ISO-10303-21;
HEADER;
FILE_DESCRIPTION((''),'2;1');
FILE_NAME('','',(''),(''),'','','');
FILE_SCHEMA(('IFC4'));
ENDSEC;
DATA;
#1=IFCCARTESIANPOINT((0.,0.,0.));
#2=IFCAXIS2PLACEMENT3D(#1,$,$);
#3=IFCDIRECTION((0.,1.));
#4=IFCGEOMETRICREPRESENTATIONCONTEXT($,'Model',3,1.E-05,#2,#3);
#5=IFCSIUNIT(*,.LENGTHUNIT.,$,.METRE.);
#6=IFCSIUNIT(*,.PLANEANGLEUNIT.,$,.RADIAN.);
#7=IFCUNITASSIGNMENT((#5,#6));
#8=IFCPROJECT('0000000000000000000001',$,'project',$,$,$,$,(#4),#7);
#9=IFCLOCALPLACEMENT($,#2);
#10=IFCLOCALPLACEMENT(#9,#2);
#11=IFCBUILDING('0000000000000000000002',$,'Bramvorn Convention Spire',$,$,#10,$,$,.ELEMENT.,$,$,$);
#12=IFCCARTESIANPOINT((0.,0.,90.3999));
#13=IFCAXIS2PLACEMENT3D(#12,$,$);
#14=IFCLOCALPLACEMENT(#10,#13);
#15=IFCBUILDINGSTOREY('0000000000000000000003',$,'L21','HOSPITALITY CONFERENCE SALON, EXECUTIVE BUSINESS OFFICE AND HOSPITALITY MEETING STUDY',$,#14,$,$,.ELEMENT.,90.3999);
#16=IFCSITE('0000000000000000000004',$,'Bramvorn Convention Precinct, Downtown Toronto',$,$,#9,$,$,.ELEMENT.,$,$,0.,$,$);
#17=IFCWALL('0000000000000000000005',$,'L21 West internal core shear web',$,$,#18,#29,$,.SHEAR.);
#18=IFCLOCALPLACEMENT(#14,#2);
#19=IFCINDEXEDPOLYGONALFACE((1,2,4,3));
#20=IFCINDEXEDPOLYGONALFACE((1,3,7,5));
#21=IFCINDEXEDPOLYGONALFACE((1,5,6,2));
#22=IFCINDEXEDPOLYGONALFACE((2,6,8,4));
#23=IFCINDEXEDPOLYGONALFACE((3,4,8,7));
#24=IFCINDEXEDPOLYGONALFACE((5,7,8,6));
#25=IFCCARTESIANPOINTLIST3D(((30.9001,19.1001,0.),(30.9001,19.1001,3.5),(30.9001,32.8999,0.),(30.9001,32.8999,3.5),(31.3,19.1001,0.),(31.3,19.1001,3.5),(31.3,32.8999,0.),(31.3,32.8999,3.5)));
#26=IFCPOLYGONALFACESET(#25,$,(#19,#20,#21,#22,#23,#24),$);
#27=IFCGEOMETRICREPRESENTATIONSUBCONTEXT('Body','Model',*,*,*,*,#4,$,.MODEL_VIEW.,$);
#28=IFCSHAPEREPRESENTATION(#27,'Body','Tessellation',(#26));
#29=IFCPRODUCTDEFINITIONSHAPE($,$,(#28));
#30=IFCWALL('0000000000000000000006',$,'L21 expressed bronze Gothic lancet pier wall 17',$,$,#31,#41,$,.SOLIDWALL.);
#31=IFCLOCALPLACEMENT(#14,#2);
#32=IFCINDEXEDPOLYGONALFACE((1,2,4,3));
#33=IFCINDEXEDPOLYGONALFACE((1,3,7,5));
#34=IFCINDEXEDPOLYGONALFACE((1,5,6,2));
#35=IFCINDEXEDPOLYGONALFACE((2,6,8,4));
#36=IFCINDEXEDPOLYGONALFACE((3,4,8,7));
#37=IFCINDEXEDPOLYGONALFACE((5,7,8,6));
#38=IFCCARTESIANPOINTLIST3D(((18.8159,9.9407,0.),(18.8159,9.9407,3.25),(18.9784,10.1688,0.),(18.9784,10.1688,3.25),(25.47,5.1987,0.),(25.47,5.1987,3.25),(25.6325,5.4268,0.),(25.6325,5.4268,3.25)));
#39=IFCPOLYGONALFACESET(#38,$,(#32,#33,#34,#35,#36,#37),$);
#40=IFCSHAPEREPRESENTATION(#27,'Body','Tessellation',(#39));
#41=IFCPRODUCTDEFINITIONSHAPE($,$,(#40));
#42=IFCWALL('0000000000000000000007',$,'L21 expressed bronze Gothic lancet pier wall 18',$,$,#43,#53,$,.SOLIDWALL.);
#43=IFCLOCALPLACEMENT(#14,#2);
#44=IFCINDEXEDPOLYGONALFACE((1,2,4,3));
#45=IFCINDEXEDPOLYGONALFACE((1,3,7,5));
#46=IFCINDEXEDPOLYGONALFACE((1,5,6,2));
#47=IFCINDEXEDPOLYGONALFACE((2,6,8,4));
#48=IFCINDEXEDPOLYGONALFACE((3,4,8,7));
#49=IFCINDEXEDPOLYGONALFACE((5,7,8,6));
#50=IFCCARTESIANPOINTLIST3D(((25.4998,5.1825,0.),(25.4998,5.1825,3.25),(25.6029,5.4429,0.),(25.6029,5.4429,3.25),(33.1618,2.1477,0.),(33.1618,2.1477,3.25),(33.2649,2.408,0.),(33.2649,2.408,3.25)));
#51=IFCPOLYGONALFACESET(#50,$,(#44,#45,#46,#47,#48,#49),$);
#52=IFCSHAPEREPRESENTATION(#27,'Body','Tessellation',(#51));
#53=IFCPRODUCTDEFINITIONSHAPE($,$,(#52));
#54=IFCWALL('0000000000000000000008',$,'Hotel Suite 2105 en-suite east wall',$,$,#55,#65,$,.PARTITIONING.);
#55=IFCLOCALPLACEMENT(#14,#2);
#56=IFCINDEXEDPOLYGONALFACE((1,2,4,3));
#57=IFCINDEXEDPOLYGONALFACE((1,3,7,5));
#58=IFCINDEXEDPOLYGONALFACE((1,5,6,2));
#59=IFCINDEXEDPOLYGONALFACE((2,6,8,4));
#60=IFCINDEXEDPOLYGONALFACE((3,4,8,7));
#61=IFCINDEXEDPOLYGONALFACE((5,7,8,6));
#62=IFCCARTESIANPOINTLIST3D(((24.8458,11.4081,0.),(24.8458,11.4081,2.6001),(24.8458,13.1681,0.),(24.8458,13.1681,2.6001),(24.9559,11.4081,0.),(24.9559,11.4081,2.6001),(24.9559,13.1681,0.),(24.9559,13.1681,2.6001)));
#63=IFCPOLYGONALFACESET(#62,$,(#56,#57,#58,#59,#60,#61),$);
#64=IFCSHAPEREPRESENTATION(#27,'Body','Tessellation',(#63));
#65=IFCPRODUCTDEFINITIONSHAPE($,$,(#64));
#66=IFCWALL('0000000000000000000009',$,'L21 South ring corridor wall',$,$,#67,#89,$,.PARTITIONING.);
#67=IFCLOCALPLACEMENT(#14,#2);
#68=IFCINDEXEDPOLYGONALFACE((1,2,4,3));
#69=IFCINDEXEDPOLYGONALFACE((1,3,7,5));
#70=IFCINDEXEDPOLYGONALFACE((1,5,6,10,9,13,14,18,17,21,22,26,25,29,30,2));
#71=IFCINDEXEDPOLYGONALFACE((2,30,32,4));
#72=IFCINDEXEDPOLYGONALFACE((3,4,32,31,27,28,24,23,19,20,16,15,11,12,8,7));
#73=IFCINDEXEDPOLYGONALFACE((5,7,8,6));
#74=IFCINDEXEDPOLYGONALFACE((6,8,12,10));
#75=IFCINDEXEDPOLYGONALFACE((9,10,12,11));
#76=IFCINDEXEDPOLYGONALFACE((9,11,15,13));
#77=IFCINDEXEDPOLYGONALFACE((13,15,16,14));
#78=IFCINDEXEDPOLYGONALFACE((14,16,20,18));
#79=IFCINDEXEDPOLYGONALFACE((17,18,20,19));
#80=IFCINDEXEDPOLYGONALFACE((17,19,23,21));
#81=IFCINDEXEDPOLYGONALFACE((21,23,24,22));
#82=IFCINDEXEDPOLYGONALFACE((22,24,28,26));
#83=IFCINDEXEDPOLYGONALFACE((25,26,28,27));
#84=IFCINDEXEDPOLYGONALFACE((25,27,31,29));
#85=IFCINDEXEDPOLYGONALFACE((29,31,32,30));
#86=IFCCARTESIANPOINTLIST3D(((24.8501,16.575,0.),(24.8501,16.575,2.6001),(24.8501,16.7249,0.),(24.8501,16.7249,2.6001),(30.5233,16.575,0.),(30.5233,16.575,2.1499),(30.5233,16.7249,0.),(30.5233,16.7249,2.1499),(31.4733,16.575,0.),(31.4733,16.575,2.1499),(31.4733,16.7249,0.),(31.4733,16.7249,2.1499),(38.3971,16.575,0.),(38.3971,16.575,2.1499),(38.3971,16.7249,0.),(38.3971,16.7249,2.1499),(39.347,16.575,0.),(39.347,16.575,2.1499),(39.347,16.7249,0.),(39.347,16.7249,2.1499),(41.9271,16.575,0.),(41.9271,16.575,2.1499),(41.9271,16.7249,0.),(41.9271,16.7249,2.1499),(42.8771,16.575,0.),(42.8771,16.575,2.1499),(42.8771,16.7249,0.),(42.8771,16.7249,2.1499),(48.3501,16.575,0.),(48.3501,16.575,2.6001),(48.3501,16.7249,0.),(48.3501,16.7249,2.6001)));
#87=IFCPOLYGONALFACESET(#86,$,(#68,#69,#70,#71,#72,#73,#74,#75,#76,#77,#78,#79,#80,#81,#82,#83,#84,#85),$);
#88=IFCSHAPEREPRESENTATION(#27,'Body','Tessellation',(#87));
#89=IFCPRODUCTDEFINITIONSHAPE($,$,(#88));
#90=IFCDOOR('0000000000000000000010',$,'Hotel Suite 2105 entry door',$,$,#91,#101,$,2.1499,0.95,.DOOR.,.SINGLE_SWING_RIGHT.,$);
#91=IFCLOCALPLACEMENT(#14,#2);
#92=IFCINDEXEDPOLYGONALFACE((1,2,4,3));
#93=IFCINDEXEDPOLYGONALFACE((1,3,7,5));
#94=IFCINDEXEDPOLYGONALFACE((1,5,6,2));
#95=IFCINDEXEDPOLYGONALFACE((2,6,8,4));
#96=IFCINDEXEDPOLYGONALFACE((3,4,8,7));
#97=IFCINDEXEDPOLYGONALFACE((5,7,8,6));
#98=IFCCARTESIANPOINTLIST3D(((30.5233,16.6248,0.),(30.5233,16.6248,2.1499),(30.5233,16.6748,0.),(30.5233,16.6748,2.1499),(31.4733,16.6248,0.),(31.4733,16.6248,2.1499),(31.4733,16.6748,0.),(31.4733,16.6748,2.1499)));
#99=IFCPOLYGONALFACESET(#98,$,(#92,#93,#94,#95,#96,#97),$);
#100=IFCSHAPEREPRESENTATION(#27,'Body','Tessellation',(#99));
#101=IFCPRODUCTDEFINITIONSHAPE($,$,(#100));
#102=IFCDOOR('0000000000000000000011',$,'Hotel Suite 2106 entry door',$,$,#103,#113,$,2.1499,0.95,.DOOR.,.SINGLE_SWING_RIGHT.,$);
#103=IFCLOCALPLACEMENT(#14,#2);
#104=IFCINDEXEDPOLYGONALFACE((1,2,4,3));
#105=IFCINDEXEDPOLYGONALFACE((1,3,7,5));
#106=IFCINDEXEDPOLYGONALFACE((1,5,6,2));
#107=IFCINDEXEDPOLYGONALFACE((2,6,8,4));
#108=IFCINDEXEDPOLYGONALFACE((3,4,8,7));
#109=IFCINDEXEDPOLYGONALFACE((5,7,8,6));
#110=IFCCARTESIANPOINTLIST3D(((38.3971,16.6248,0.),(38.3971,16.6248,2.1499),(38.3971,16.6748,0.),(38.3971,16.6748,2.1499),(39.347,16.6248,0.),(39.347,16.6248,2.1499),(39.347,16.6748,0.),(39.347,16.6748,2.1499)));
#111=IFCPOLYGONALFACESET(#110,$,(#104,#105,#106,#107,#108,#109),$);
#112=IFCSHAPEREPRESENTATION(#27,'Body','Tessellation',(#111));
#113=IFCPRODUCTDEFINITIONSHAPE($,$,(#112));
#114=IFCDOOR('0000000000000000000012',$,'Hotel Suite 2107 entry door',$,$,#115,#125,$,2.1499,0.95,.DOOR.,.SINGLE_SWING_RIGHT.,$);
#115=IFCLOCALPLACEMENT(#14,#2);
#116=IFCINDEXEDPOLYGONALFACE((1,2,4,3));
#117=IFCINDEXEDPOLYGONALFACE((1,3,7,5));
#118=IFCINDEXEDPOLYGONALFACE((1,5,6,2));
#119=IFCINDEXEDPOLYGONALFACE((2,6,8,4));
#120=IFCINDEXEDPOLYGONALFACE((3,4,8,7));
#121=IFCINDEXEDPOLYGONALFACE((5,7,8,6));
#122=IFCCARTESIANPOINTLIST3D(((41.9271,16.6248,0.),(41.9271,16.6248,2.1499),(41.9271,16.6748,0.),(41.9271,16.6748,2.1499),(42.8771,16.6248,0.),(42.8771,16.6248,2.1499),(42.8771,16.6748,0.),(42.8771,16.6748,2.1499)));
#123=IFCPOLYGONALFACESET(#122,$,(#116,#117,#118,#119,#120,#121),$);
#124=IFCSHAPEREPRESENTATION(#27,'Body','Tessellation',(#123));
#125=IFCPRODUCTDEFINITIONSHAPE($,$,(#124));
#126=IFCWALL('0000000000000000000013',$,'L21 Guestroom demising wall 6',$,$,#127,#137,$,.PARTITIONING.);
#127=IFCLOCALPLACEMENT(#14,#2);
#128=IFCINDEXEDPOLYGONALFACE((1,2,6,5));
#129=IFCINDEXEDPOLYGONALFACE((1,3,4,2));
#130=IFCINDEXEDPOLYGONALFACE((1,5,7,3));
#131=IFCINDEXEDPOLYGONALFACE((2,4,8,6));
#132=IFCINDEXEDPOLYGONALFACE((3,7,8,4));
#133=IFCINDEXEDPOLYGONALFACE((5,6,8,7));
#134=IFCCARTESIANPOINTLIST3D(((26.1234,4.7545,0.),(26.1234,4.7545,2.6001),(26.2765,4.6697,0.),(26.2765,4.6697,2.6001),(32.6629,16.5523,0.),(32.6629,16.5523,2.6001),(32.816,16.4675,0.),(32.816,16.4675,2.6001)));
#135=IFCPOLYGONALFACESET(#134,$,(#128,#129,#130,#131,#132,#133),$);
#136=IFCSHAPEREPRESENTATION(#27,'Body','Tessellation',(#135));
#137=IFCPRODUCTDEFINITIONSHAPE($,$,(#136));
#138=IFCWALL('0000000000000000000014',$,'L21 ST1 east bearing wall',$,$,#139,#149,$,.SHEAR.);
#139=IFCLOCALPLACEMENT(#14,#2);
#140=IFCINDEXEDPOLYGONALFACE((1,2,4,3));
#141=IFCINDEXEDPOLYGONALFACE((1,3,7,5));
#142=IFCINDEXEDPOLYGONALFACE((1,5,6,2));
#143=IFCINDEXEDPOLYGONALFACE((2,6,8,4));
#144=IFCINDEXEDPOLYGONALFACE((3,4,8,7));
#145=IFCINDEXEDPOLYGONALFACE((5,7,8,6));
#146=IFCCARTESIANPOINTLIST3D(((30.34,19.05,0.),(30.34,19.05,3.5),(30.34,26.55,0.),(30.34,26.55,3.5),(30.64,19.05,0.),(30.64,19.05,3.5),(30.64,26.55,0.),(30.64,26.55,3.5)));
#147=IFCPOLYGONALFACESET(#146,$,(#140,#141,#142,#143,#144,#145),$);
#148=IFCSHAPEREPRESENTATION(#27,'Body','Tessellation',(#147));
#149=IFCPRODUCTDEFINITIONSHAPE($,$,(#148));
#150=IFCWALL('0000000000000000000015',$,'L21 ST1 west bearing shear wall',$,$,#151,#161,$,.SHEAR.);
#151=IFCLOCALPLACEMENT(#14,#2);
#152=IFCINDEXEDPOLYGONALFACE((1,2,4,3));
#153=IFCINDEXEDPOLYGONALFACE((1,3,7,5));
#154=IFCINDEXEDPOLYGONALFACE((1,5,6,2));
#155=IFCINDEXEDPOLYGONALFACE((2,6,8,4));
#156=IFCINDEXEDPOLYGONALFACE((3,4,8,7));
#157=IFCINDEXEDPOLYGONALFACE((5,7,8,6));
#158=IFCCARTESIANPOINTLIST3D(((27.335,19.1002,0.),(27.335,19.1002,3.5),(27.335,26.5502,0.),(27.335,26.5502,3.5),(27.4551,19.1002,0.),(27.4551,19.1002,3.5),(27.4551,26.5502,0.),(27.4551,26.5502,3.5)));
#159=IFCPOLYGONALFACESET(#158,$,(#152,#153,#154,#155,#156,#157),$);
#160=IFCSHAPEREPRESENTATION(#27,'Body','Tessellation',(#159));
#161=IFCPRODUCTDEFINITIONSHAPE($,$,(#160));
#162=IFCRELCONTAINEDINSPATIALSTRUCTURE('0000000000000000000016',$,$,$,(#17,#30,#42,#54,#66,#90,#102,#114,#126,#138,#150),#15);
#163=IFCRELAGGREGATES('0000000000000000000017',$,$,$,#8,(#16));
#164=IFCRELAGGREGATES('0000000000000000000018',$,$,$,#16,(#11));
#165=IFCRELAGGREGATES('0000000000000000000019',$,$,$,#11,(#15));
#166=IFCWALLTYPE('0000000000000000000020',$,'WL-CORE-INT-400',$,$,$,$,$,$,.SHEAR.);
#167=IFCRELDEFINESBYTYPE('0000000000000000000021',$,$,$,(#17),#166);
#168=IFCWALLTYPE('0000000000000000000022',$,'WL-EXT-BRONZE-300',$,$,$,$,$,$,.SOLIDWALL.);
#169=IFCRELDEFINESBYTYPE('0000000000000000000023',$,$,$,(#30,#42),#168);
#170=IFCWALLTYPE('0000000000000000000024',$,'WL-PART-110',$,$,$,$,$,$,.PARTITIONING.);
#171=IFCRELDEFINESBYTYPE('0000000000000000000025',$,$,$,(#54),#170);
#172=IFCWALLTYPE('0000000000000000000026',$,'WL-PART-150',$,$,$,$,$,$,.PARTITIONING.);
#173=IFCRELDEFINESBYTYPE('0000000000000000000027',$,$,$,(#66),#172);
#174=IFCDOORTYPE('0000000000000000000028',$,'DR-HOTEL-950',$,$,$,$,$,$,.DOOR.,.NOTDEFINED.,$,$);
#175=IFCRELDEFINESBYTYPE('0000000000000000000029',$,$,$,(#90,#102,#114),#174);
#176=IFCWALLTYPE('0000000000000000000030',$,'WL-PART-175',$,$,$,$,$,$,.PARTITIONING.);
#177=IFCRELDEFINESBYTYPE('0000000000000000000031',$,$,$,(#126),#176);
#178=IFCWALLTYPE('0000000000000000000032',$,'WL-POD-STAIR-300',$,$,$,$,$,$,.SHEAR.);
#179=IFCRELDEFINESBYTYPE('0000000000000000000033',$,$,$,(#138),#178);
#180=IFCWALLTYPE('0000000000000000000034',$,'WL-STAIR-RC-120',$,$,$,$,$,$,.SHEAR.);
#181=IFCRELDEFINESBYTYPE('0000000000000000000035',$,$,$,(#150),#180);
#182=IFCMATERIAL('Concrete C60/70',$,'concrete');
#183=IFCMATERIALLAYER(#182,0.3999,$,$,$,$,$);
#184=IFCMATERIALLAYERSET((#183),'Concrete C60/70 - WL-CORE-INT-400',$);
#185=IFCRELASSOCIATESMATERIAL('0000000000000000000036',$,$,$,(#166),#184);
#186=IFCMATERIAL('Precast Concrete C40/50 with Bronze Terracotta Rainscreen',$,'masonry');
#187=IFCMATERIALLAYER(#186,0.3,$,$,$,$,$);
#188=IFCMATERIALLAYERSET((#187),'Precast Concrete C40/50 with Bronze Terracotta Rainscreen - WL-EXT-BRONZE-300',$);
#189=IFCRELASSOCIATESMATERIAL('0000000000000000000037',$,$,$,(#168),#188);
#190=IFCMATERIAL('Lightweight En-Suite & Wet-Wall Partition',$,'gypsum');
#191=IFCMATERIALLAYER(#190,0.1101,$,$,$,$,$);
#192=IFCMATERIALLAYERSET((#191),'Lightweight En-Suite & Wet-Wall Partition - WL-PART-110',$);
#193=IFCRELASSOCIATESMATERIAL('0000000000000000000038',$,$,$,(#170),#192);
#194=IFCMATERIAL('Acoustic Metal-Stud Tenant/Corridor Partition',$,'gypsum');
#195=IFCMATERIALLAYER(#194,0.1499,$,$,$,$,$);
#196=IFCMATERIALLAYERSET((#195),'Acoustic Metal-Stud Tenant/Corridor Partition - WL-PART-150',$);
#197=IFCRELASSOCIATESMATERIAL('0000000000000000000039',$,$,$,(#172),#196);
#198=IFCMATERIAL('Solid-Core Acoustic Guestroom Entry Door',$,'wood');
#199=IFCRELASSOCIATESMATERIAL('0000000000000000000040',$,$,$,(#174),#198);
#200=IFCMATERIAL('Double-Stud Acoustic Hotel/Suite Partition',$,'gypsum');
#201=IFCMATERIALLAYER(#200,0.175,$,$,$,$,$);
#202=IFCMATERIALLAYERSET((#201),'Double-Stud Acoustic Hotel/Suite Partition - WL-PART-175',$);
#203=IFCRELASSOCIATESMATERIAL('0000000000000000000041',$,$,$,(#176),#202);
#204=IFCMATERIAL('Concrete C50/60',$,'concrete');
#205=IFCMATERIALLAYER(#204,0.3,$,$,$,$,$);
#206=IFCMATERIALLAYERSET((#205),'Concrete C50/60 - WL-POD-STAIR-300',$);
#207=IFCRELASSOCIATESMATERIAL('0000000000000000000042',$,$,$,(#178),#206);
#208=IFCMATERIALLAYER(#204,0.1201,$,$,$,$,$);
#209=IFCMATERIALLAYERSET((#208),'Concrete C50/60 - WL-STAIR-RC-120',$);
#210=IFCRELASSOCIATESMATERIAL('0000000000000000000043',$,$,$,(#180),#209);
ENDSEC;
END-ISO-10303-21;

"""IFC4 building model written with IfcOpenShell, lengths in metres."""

from ifc_helpers import new_model, si_unit, direction, frame, frame_2d, origin, place, context, subcontext, project, spatial, rectangle, extrude, material, layer, layer_set, type_object, element, fill, save


model = new_model("IFC4")

# Units and contexts
model_context = context("Model", 3, precision=1e-05, world=origin(), true_north=direction((0.0, 1.0)))
body_context = subcontext(model_context, "Body", "Model", "MODEL_VIEW")
ifc_project = project(units=[si_unit("LENGTHUNIT", "METRE"), si_unit("PLANEANGLEUNIT", "RADIAN")], contexts=[model_context])

# Site, building, storey
site_placement = place(None, origin())
site = spatial("IfcSite", under=ifc_project, at=site_placement, Name="Bramvorn Convention Precinct, Downtown Toronto", CompositionType="ELEMENT", RefElevation=0.0)
building_placement = place(site_placement, origin())
building = spatial("IfcBuilding", under=site, at=building_placement, Name="Bramvorn Convention Spire", CompositionType="ELEMENT")
storey_placement = place(building_placement, frame((0.0, 0.0, 90.3999)))
storey = spatial("IfcBuildingStorey", under=building, at=storey_placement, Name="L21", Description="HOSPITALITY CONFERENCE SALON, EXECUTIVE BUSINESS OFFICE AND HOSPITALITY MEETING STUDY", CompositionType="ELEMENT", Elevation=90.3999)

# Shared definitions
ifc_material_1 = material(Name="Concrete C60/70", Category="concrete")

# Walls
ifc_layer_1 = layer(ifc_material_1, 0.3999)
ifc_layer_set_1 = layer_set([ifc_layer_1], Name="Concrete C60/70 - WL-CORE-INT-400")
wall_type_1 = type_object("IfcWallType", Name="WL-CORE-INT-400", PredefinedType="SHEAR", material=ifc_layer_set_1)
wall_1_placement = place(storey_placement, frame((31.1001, 19.1001, 0.0), z_axis=(0.0, 0.0, 1.0), x_axis=(0.0, 1.0, 0.0)))
element("IfcWall", 1, at=wall_1_placement, inside=storey, type_object=wall_type_1, Name="L21 West internal core shear web", PredefinedType="SHEAR", context=body_context, shape_type="SweptSolid", body=[
    extrude(rectangle(XDim=13.7998, YDim=0.3999, at=frame_2d((6.8999, 0.0))), origin(), (0.0, 0.0, 1.0), 3.5),
])
ifc_material_2 = material(Name="Precast Concrete C40/50 with Bronze Terracotta Rainscreen", Category="masonry")
ifc_layer_2 = layer(ifc_material_2, 0.3)
ifc_layer_set_2 = layer_set([ifc_layer_2], Name="Precast Concrete C40/50 with Bronze Terracotta Rainscreen - WL-EXT-BRONZE-300")
wall_type_2 = type_object("IfcWallType", Name="WL-EXT-BRONZE-300", PredefinedType="SOLIDWALL", material=ifc_layer_set_2)
wall_2_placement = place(storey_placement, frame((25.5513, 5.3127, 0.0), z_axis=(0.0, 0.0, 1.0), x_axis=(-0.814367, 0.58035, 0.0)))
element("IfcWall", 2, at=wall_2_placement, inside=storey, type_object=wall_type_2, Name="L21 expressed bronze Gothic lancet pier wall 17", PredefinedType="SOLIDWALL", context=body_context, shape_type="SweptSolid", body=[
    extrude(rectangle(XDim=8.1709, YDim=0.28, at=frame_2d((4.0854, 0.0))), origin(), (0.0, 0.0, 1.0), 3.25),
])
wall_3_placement = place(storey_placement, frame((33.2134, 2.2778, 0.0), z_axis=(0.0, 0.0, 1.0), x_axis=(-0.929724, 0.368258, 0.0)))
element("IfcWall", 3, at=wall_3_placement, inside=storey, type_object=wall_type_2, Name="L21 expressed bronze Gothic lancet pier wall 18", PredefinedType="SOLIDWALL", context=body_context, shape_type="SweptSolid", body=[
    extrude(rectangle(XDim=8.2412, YDim=0.28, at=frame_2d((4.1206, 0.0))), origin(), (0.0, 0.0, 1.0), 3.25),
])
ifc_material_3 = material(Name="Lightweight En-Suite & Wet-Wall Partition", Category="gypsum")
ifc_layer_3 = layer(ifc_material_3, 0.1101)
ifc_layer_set_3 = layer_set([ifc_layer_3], Name="Lightweight En-Suite & Wet-Wall Partition - WL-PART-110")
wall_type_3 = type_object("IfcWallType", Name="WL-PART-110", PredefinedType="PARTITIONING", material=ifc_layer_set_3)
wall_4_placement = place(storey_placement, frame((24.9009, 11.4082, 0.0), z_axis=(0.0, 0.0, 1.0), x_axis=(0.0, 1.0, 0.0)))
element("IfcWall", 4, at=wall_4_placement, inside=storey, type_object=wall_type_3, Name="Hotel Suite 2105 en-suite east wall", PredefinedType="PARTITIONING", context=body_context, shape_type="SweptSolid", body=[
    extrude(rectangle(XDim=1.76, YDim=0.1101, at=frame_2d((0.8799, 0.0))), origin(), (0.0, 0.0, 1.0), 2.6001),
])

# Wall, openings, doors
ifc_material_4 = material(Name="Acoustic Metal-Stud Tenant/Corridor Partition", Category="gypsum")
ifc_layer_4 = layer(ifc_material_4, 0.1499)
ifc_layer_set_4 = layer_set([ifc_layer_4], Name="Acoustic Metal-Stud Tenant/Corridor Partition - WL-PART-150")
wall_type_4 = type_object("IfcWallType", Name="WL-PART-150", PredefinedType="PARTITIONING", material=ifc_layer_set_4)
wall_5_placement = place(storey_placement, frame((24.8501, 16.6499, 0.0), z_axis=(0.0, 0.0, 1.0), x_axis=(1.0, 0.0, 0.0)))
wall_5 = element("IfcWall", 5, at=wall_5_placement, inside=storey, type_object=wall_type_4, Name="L21 South ring corridor wall", PredefinedType="PARTITIONING", context=body_context, shape_type="SweptSolid", body=[
    extrude(rectangle(XDim=23.5, YDim=0.1499, at=frame_2d((11.75, 0.0))), origin(), (0.0, 0.0, 1.0), 2.6001),
])
opening_1_placement = place(wall_5_placement, frame((5.6731, 0.0, 0.0)))
opening_1 = element("IfcOpeningElement", 6, at=opening_1_placement, cuts=wall_5, PredefinedType="OPENING", context=body_context, shape_type="SweptSolid", body=[
    extrude(rectangle(XDim=0.95, YDim=2.1499, at=frame_2d((0.4751, 1.075))), frame((0.0, 0.085, 0.0), z_axis=(0.0, -1.0, 0.0), x_axis=(1.0, 0.0, 0.0)), (0.0, 0.0, 1.0), 0.1699),
])
opening_2_placement = place(wall_5_placement, frame((13.5469, 0.0, 0.0)))
opening_2 = element("IfcOpeningElement", 7, at=opening_2_placement, cuts=wall_5, PredefinedType="OPENING", context=body_context, shape_type="SweptSolid", body=[
    extrude(rectangle(XDim=0.95, YDim=2.1499, at=frame_2d((0.4751, 1.075))), frame((0.0, 0.085, 0.0), z_axis=(0.0, -1.0, 0.0), x_axis=(1.0, 0.0, 0.0)), (0.0, 0.0, 1.0), 0.1699),
])
opening_3_placement = place(wall_5_placement, frame((17.0769, 0.0, 0.0)))
opening_3 = element("IfcOpeningElement", 8, at=opening_3_placement, cuts=wall_5, PredefinedType="OPENING", context=body_context, shape_type="SweptSolid", body=[
    extrude(rectangle(XDim=0.95, YDim=2.1499, at=frame_2d((0.4751, 1.075))), frame((0.0, 0.085, 0.0), z_axis=(0.0, -1.0, 0.0), x_axis=(1.0, 0.0, 0.0)), (0.0, 0.0, 1.0), 0.1699),
])
ifc_material_5 = material(Name="Solid-Core Acoustic Guestroom Entry Door", Category="wood")
door_type_1 = type_object("IfcDoorType", Name="DR-HOTEL-950", OperationType="NOTDEFINED", PredefinedType="DOOR", material=ifc_material_5)
door_1_placement = place(opening_1_placement, origin())
door_1 = element("IfcDoor", 9, at=door_1_placement, inside=storey, type_object=door_type_1, Name="Hotel Suite 2105 entry door", OperationType="SINGLE_SWING_RIGHT", OverallHeight=2.1499, OverallWidth=0.95, PredefinedType="DOOR", context=body_context, shape_type="SweptSolid", body=[
    extrude(rectangle(XDim=0.95, YDim=2.1499, at=frame_2d((0.4751, 1.075))), frame((0.0, 0.0249, 0.0), z_axis=(0.0, -1.0, 0.0), x_axis=(1.0, 0.0, 0.0)), (0.0, 0.0, 1.0), 0.05),
])
fill(opening_1, door_1)
door_2_placement = place(opening_2_placement, origin())
door_2 = element("IfcDoor", 10, at=door_2_placement, inside=storey, type_object=door_type_1, Name="Hotel Suite 2106 entry door", OperationType="SINGLE_SWING_RIGHT", OverallHeight=2.1499, OverallWidth=0.95, PredefinedType="DOOR", context=body_context, shape_type="SweptSolid", body=[
    extrude(rectangle(XDim=0.95, YDim=2.1499, at=frame_2d((0.4751, 1.075))), frame((0.0, 0.0249, 0.0), z_axis=(0.0, -1.0, 0.0), x_axis=(1.0, 0.0, 0.0)), (0.0, 0.0, 1.0), 0.05),
])
fill(opening_2, door_2)
door_3_placement = place(opening_3_placement, origin())
door_3 = element("IfcDoor", 11, at=door_3_placement, inside=storey, type_object=door_type_1, Name="Hotel Suite 2107 entry door", OperationType="SINGLE_SWING_RIGHT", OverallHeight=2.1499, OverallWidth=0.95, PredefinedType="DOOR", context=body_context, shape_type="SweptSolid", body=[
    extrude(rectangle(XDim=0.95, YDim=2.1499, at=frame_2d((0.4751, 1.075))), frame((0.0, 0.0249, 0.0), z_axis=(0.0, -1.0, 0.0), x_axis=(1.0, 0.0, 0.0)), (0.0, 0.0, 1.0), 0.05),
])
fill(opening_3, door_3)

# Walls
ifc_material_6 = material(Name="Double-Stud Acoustic Hotel/Suite Partition", Category="gypsum")
ifc_layer_5 = layer(ifc_material_6, 0.175)
ifc_layer_set_5 = layer_set([ifc_layer_5], Name="Double-Stud Acoustic Hotel/Suite Partition - WL-PART-175")
wall_type_5 = type_object("IfcWallType", Name="WL-PART-175", PredefinedType="PARTITIONING", material=ifc_layer_set_5)
wall_6_placement = place(storey_placement, frame((32.7395, 16.51, 0.0), z_axis=(0.0, 0.0, 1.0), x_axis=(-0.484804, -0.874623, 0.0)))
element("IfcWall", 12, at=wall_6_placement, inside=storey, type_object=wall_type_5, Name="L21 Guestroom demising wall 6", PredefinedType="PARTITIONING", context=body_context, shape_type="SweptSolid", body=[
    extrude(rectangle(XDim=13.489, YDim=0.175, at=frame_2d((6.7446, 0.0))), origin(), (0.0, 0.0, 1.0), 2.6001),
])
ifc_material_7 = material(Name="Concrete C50/60", Category="concrete")
ifc_layer_6 = layer(ifc_material_7, 0.3)
ifc_layer_set_6 = layer_set([ifc_layer_6], Name="Concrete C50/60 - WL-POD-STAIR-300")
wall_type_6 = type_object("IfcWallType", Name="WL-POD-STAIR-300", PredefinedType="SHEAR", material=ifc_layer_set_6)
wall_7_placement = place(storey_placement, frame((30.49, 19.05, 0.0), z_axis=(0.0, 0.0, 1.0), x_axis=(0.0, 1.0, 0.0)))
element("IfcWall", 13, at=wall_7_placement, inside=storey, type_object=wall_type_6, Name="L21 ST1 east bearing wall", PredefinedType="SHEAR", context=body_context, shape_type="SweptSolid", body=[
    extrude(rectangle(XDim=7.5, YDim=0.3, at=frame_2d((3.75, 0.0))), origin(), (0.0, 0.0, 1.0), 3.5),
])
ifc_layer_7 = layer(ifc_material_7, 0.1201)
ifc_layer_set_7 = layer_set([ifc_layer_7], Name="Concrete C50/60 - WL-STAIR-RC-120")
wall_type_7 = type_object("IfcWallType", Name="WL-STAIR-RC-120", PredefinedType="SHEAR", material=ifc_layer_set_7)
wall_8_placement = place(storey_placement, frame((27.395, 19.1001, 0.0), z_axis=(0.0, 0.0, 1.0), x_axis=(0.0, 1.0, 0.0)))
element("IfcWall", 14, at=wall_8_placement, inside=storey, type_object=wall_type_7, Name="L21 ST1 west bearing shear wall", PredefinedType="SHEAR", context=body_context, shape_type="SweptSolid", body=[
    extrude(rectangle(XDim=7.45, YDim=0.1201, at=frame_2d((3.7251, 0.0))), origin(), (0.0, 0.0, 1.0), 3.5),
])

save(model, "model.ifc")
